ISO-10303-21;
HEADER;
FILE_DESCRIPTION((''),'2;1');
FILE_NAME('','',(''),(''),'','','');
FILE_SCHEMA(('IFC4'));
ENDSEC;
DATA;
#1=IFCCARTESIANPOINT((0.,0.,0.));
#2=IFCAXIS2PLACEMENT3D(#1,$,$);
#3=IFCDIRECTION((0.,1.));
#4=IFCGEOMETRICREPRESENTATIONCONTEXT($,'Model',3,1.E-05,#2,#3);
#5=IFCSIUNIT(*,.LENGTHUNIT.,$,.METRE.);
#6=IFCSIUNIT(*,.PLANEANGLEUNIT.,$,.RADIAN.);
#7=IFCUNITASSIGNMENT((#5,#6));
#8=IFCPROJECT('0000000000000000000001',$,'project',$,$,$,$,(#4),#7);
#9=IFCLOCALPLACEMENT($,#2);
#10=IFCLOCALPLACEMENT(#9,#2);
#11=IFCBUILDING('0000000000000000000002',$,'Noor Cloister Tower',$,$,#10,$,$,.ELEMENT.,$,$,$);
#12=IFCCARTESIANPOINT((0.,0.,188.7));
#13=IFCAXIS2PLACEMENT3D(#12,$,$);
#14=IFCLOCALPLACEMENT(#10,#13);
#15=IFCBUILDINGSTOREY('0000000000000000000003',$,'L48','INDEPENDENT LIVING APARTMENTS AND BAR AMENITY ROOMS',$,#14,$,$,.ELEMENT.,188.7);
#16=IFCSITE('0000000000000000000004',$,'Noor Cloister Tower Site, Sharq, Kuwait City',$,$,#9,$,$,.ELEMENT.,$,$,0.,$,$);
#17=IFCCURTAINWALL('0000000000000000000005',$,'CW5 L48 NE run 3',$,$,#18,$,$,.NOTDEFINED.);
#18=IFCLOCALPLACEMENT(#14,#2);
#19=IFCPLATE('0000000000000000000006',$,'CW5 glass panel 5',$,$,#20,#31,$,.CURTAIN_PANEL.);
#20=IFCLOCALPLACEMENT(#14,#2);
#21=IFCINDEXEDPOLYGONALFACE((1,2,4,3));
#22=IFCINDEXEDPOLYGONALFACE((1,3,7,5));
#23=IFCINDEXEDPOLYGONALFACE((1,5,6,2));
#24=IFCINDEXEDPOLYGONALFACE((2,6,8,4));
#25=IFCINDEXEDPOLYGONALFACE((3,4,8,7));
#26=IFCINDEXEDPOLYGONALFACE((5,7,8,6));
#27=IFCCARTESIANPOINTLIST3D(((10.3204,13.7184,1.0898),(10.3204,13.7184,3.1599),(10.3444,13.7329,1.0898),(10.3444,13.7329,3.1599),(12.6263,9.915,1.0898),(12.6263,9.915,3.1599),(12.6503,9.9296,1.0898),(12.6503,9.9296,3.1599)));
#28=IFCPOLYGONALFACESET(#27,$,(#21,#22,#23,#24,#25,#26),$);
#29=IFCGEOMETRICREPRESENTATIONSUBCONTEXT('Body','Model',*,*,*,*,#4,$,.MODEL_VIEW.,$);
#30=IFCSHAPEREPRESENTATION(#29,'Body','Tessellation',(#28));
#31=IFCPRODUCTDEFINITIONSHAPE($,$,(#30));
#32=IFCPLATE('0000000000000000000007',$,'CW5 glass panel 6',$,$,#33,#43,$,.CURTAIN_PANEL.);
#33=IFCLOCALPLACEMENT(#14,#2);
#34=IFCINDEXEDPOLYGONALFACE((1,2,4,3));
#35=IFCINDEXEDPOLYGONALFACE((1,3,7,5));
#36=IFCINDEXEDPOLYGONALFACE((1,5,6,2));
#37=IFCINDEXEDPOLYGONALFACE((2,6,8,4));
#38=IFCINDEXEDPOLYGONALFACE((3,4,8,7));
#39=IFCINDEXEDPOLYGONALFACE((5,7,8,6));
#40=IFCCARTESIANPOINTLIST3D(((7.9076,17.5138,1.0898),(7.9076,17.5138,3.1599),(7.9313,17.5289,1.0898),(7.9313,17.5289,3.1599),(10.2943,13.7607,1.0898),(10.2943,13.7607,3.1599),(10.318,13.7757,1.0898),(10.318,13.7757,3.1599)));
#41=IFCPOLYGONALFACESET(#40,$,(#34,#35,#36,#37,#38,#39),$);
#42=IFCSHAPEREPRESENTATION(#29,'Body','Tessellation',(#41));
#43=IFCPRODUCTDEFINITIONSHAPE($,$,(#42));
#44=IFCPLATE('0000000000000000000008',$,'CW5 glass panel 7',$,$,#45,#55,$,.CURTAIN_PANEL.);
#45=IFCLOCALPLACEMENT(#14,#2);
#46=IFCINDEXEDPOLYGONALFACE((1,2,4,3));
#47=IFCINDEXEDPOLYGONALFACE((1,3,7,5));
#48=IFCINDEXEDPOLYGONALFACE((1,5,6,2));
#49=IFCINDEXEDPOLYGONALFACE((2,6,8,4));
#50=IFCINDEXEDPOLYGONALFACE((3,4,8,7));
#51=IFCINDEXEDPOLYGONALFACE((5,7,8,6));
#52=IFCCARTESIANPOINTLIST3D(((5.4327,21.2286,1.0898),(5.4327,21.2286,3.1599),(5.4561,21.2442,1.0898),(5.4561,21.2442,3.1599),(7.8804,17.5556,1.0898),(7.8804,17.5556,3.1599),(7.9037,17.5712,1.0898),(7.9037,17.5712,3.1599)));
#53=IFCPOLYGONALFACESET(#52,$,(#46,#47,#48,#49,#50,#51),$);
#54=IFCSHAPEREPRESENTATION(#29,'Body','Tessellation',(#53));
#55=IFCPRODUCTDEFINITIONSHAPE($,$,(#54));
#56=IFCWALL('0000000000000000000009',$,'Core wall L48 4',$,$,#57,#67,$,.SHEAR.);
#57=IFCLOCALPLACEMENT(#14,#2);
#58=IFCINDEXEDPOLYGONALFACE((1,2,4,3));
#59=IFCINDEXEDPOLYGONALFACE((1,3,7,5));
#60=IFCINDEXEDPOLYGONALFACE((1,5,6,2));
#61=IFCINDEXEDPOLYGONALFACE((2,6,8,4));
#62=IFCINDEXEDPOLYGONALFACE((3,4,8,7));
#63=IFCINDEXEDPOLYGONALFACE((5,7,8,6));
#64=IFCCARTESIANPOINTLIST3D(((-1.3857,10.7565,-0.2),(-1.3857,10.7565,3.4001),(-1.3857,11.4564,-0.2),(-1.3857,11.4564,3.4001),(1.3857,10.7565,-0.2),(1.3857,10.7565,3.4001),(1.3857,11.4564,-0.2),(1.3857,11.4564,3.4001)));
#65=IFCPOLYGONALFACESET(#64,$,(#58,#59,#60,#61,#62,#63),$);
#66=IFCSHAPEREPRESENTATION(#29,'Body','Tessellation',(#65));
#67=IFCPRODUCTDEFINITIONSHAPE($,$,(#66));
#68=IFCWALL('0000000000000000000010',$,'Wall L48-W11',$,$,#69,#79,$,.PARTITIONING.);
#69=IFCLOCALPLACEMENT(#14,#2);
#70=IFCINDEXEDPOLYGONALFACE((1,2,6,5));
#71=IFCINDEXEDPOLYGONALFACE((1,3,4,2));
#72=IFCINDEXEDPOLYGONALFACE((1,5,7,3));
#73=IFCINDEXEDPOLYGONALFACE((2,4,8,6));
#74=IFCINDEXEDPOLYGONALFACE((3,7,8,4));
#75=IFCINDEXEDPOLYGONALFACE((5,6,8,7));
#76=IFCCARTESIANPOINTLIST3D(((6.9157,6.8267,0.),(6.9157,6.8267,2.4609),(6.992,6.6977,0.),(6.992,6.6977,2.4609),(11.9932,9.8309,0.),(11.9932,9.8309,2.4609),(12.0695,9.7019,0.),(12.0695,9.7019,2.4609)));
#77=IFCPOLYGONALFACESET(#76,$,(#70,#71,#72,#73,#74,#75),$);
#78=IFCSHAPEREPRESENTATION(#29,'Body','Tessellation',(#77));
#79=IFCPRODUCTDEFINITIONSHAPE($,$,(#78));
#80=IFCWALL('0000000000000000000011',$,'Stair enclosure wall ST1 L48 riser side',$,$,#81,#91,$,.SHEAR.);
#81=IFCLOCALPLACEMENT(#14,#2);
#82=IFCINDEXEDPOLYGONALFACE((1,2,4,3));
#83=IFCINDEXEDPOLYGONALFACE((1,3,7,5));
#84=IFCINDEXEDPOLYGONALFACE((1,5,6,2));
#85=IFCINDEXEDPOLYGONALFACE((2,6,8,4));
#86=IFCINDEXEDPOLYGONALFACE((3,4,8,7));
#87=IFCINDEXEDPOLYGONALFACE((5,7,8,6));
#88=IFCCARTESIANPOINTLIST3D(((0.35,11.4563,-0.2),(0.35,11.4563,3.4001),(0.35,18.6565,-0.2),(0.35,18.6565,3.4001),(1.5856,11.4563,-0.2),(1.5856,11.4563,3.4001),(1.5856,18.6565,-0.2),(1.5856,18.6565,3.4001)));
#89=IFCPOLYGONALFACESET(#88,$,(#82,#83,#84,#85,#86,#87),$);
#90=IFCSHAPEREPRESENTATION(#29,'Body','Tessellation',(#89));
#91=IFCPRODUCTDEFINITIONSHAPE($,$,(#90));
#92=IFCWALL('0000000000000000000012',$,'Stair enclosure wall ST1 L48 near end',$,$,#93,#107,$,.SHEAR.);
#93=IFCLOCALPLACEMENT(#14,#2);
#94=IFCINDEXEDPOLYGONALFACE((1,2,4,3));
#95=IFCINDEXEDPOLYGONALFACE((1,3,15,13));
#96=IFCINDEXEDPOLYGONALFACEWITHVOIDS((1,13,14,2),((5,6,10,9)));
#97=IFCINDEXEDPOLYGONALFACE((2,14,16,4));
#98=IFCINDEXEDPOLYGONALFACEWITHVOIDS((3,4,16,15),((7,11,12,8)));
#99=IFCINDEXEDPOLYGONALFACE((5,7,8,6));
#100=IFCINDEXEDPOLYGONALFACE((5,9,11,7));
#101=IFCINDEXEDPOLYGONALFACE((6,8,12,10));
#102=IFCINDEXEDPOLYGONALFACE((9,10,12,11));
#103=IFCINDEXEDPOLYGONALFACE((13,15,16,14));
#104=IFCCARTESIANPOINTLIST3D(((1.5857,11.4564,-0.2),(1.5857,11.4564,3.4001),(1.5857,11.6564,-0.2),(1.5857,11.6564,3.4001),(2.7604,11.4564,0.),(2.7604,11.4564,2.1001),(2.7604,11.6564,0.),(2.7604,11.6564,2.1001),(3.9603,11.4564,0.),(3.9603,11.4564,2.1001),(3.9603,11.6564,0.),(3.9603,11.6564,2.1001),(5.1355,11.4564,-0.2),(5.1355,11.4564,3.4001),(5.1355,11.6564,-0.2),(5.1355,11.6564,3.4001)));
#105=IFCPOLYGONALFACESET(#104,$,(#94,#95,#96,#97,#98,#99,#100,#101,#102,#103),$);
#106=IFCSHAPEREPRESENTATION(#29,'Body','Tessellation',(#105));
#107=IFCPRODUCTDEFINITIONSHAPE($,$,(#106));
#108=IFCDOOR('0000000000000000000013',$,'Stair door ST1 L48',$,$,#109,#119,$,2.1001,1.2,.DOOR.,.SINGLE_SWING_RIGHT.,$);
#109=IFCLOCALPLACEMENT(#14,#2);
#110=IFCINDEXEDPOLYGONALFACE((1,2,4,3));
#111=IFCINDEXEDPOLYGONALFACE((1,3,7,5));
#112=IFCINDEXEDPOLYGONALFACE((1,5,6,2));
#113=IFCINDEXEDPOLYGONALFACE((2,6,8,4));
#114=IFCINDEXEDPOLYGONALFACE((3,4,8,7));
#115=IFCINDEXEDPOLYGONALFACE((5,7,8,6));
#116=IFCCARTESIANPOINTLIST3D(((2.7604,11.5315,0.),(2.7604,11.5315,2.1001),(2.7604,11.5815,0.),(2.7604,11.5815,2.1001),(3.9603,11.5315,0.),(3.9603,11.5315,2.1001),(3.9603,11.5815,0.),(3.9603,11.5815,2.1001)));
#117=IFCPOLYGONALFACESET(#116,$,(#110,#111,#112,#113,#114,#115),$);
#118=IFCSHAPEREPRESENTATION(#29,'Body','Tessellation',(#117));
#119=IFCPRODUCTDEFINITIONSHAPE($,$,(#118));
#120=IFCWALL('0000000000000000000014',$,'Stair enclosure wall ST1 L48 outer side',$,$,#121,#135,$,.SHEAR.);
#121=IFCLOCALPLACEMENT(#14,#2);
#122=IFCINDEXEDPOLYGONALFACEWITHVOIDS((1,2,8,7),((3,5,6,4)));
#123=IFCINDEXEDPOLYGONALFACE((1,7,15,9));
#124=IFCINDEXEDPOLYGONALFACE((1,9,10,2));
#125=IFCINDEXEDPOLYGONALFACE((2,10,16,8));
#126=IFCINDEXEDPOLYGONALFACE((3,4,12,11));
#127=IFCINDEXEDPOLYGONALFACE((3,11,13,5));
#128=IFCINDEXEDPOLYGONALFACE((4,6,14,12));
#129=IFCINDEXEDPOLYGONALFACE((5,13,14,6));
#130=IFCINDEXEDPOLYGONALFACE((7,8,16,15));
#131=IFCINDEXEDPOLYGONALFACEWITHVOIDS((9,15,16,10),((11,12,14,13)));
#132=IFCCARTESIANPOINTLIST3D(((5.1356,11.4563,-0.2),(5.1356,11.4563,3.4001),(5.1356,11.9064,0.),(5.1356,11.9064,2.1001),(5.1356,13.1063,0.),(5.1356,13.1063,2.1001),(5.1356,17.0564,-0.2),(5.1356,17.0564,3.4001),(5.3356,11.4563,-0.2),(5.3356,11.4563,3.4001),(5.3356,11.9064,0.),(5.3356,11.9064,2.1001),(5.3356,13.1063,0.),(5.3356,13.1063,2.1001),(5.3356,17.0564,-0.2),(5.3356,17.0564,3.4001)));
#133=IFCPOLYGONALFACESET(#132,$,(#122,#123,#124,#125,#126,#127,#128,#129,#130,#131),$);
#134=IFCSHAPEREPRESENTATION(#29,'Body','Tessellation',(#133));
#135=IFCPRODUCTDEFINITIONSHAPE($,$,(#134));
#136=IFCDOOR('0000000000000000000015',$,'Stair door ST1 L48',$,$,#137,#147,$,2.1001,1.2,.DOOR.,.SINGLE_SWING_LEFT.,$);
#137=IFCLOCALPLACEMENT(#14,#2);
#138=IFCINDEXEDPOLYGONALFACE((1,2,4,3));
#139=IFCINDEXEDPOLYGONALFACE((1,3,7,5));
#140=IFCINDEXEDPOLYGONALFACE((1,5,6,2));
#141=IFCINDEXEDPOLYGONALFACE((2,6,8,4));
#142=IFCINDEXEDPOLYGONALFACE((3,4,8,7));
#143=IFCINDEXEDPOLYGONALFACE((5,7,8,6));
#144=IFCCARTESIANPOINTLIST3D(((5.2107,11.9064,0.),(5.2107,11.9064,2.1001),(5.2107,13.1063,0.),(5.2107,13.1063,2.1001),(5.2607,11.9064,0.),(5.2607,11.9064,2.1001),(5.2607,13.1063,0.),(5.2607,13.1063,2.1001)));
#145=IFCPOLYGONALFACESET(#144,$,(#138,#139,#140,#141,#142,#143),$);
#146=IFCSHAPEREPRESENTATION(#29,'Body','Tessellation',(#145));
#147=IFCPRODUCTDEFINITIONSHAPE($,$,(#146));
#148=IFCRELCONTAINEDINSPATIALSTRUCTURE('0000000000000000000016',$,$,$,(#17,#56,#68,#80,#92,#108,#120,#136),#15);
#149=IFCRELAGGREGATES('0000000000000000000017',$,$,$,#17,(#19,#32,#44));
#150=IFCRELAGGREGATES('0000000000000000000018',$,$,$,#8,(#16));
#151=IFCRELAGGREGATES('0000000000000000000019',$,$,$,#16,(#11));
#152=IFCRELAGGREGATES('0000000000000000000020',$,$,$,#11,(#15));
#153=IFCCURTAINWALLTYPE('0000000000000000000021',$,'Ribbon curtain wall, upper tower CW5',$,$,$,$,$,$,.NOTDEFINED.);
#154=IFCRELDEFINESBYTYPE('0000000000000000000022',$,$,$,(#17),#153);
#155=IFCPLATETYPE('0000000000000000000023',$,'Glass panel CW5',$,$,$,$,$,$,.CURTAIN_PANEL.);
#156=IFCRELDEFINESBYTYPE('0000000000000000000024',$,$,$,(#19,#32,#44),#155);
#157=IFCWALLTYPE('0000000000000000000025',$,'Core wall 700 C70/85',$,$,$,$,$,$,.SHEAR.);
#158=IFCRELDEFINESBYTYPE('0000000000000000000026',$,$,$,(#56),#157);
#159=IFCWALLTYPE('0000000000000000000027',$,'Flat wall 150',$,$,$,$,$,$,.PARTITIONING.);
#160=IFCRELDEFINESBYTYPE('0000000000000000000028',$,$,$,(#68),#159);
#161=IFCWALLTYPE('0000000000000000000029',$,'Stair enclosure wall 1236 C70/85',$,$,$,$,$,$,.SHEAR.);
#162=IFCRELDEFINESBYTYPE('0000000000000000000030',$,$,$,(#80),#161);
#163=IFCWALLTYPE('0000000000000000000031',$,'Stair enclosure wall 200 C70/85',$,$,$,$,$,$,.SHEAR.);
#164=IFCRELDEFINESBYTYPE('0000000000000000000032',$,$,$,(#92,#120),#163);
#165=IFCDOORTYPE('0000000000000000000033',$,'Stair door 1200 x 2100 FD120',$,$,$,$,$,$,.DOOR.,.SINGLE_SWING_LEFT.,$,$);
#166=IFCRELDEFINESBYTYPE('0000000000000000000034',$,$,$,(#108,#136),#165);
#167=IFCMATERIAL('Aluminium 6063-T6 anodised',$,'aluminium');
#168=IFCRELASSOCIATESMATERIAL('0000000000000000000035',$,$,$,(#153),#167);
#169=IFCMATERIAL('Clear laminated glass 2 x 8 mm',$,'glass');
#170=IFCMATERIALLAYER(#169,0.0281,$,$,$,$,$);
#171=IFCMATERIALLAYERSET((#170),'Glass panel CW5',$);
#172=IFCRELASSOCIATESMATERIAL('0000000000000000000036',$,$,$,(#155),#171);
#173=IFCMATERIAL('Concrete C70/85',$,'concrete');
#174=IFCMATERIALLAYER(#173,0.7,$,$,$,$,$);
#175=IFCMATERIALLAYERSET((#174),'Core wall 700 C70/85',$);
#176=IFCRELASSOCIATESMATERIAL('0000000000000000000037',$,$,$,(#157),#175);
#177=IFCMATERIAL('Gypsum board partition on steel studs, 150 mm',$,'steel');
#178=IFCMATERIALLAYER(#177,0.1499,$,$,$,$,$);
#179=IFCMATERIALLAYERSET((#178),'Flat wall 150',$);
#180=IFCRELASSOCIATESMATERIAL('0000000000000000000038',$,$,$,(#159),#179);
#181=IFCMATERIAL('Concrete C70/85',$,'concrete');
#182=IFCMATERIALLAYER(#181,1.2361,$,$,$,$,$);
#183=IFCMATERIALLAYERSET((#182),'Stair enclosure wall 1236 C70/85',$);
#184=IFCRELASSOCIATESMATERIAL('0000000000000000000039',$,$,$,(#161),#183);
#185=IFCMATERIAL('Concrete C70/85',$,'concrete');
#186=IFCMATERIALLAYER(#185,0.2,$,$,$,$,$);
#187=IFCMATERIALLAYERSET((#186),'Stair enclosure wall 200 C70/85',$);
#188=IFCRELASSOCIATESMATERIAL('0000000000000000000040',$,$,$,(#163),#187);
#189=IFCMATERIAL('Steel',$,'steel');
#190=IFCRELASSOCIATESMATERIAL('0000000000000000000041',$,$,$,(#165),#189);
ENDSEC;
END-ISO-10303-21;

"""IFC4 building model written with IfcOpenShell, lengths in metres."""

from ifc_helpers import new_model, si_unit, direction, frame, frame_2d, origin, origin_2d, place, context, subcontext, project, spatial, rectangle, extrude, material, layer, layer_set, type_object, element, fill, aggregate, save


model = new_model("IFC4")

# Units and contexts
model_context = context("Model", 3, precision=1e-05, world=origin(), true_north=direction((0.0, 1.0)))
body_context = subcontext(model_context, "Body", "Model", "MODEL_VIEW")
ifc_project = project(units=[si_unit("LENGTHUNIT", "METRE"), si_unit("PLANEANGLEUNIT", "RADIAN")], contexts=[model_context])

# Site, building, storey
site_placement = place(None, origin())
site = spatial("IfcSite", under=ifc_project, at=site_placement, Name="Noor Cloister Tower Site, Sharq, Kuwait City", CompositionType="ELEMENT", RefElevation=0.0)
building_placement = place(site_placement, origin())
building = spatial("IfcBuilding", under=site, at=building_placement, Name="Noor Cloister Tower", CompositionType="ELEMENT")
storey_placement = place(building_placement, frame((0.0, 0.0, 188.7)))
storey = spatial("IfcBuildingStorey", under=building, at=storey_placement, Name="L48", Description="INDEPENDENT LIVING APARTMENTS AND BAR AMENITY ROOMS", CompositionType="ELEMENT", Elevation=188.7)

# Curtain wall
ifc_material_1 = material(Name="Aluminium 6063-T6 anodised", Category="aluminium")
curtain_wall_type = type_object("IfcCurtainWallType", Name="Ribbon curtain wall, upper tower CW5", PredefinedType="NOTDEFINED", material=ifc_material_1)
curtain_wall_placement = place(storey_placement, origin())
curtain_wall = element("IfcCurtainWall", 1, at=curtain_wall_placement, inside=storey, type_object=curtain_wall_type, Name="CW5 L48 NE run 3", PredefinedType="NOTDEFINED")

# Plates
ifc_material_2 = material(Name="Clear laminated glass 2 x 8 mm", Category="glass")
ifc_layer_1 = layer(ifc_material_2, 0.0281)
ifc_layer_set_1 = layer_set([ifc_layer_1], Name="Glass panel CW5")
plate_type = type_object("IfcPlateType", Name="Glass panel CW5", PredefinedType="CURTAIN_PANEL", material=ifc_layer_set_1)
plate_1_placement = place(storey_placement, frame((11.4854, 11.824, 1.0898), z_axis=(0.0, 0.0, 1.0), x_axis=(-0.518424, 0.855124, 0.0)))
plate_1 = element("IfcPlate", 2, at=plate_1_placement, type_object=plate_type, Name="CW5 glass panel 5", PredefinedType="CURTAIN_PANEL", context=body_context, shape_type="SweptSolid", body=[
    extrude(rectangle(XDim=4.4478, YDim=0.0281, at=origin_2d()), origin(), (0.0, 0.0, 1.0), 2.0701),
])
plate_2_placement = place(storey_placement, frame((9.1128, 15.6448, 1.0898), z_axis=(0.0, 0.0, 1.0), x_axis=(-0.53661, 0.84383, 0.0)))
plate_2 = element("IfcPlate", 3, at=plate_2_placement, type_object=plate_type, Name="CW5 glass panel 6", PredefinedType="CURTAIN_PANEL", context=body_context, shape_type="SweptSolid", body=[
    extrude(rectangle(XDim=4.4478, YDim=0.0281, at=origin_2d()), origin(), (0.0, 0.0, 1.0), 2.0701),
])
plate_3_placement = place(storey_placement, frame((6.6682, 19.3999, 1.0898), z_axis=(0.0, 0.0, 1.0), x_axis=(-0.554551, 0.83215, 0.0)))
plate_3 = element("IfcPlate", 4, at=plate_3_placement, type_object=plate_type, Name="CW5 glass panel 7", PredefinedType="CURTAIN_PANEL", context=body_context, shape_type="SweptSolid", body=[
    extrude(rectangle(XDim=4.4138, YDim=0.0281, at=origin_2d()), origin(), (0.0, 0.0, 1.0), 2.0701),
])
aggregate(curtain_wall, [plate_1, plate_2, plate_3])

# Walls
ifc_material_3 = material(Name="Concrete C70/85", Category="concrete")
ifc_layer_2 = layer(ifc_material_3, 0.7)
ifc_layer_set_2 = layer_set([ifc_layer_2], Name="Core wall 700 C70/85")
wall_type_1 = type_object("IfcWallType", Name="Core wall 700 C70/85", PredefinedType="SHEAR", material=ifc_layer_set_2)
wall_1_placement = place(storey_placement, frame((1.3857, 11.1064, -0.2), z_axis=(0.0, 0.0, 1.0), x_axis=(-1.0, 0.0, 0.0)))
element("IfcWall", 5, at=wall_1_placement, inside=storey, type_object=wall_type_1, Name="Core wall L48 4", PredefinedType="SHEAR", context=body_context, shape_type="SweptSolid", body=[
    extrude(rectangle(XDim=2.7715, YDim=0.7, at=frame_2d((1.3857, 0.0))), origin(), (0.0, 0.0, 1.0), 3.6001),
])
ifc_material_4 = material(Name="Gypsum board partition on steel studs, 150 mm", Category="steel")
ifc_layer_3 = layer(ifc_material_4, 0.1499)
ifc_layer_set_3 = layer_set([ifc_layer_3], Name="Flat wall 150")
wall_type_2 = type_object("IfcWallType", Name="Flat wall 150", PredefinedType="PARTITIONING", material=ifc_layer_set_3)
wall_2_placement = place(storey_placement, frame((12.0312, 9.7664, 0.0), z_axis=(0.0, 0.0, 1.0), x_axis=(-0.860639, -0.509216, 0.0)))
element("IfcWall", 6, at=wall_2_placement, inside=storey, type_object=wall_type_2, Name="Wall L48-W11", PredefinedType="PARTITIONING", context=body_context, shape_type="SweptSolid", body=[
    extrude(rectangle(XDim=5.8997, YDim=0.1499, at=frame_2d((2.9497, 0.0))), origin(), (0.0, 0.0, 1.0), 2.4609),
])
ifc_material_5 = material(Name="Concrete C70/85", Category="concrete")
ifc_layer_4 = layer(ifc_material_5, 1.2361)
ifc_layer_set_4 = layer_set([ifc_layer_4], Name="Stair enclosure wall 1236 C70/85")
wall_type_3 = type_object("IfcWallType", Name="Stair enclosure wall 1236 C70/85", PredefinedType="SHEAR", material=ifc_layer_set_4)
wall_3_placement = place(storey_placement, frame((0.9678, 11.4563, -0.2), z_axis=(0.0, 0.0, 1.0), x_axis=(0.0, 1.0, 0.0)))
element("IfcWall", 7, at=wall_3_placement, inside=storey, type_object=wall_type_3, Name="Stair enclosure wall ST1 L48 riser side", PredefinedType="SHEAR", context=body_context, shape_type="SweptSolid", body=[
    extrude(rectangle(XDim=7.2002, YDim=1.2356, at=frame_2d((3.6001, 0.0))), origin(), (0.0, 0.0, 1.0), 3.6001),
])

# Walls, openings, doors
ifc_material_6 = material(Name="Concrete C70/85", Category="concrete")
ifc_layer_5 = layer(ifc_material_6, 0.2)
ifc_layer_set_5 = layer_set([ifc_layer_5], Name="Stair enclosure wall 200 C70/85")
wall_type_4 = type_object("IfcWallType", Name="Stair enclosure wall 200 C70/85", PredefinedType="SHEAR", material=ifc_layer_set_5)
wall_4_placement = place(storey_placement, frame((5.1355, 11.5564, -0.2), z_axis=(0.0, 0.0, 1.0), x_axis=(-1.0, 0.0, 0.0)))
wall_4 = element("IfcWall", 8, at=wall_4_placement, inside=storey, type_object=wall_type_4, Name="Stair enclosure wall ST1 L48 near end", PredefinedType="SHEAR", context=body_context, shape_type="SweptSolid", body=[
    extrude(rectangle(XDim=3.5498, YDim=0.2, at=frame_2d((1.7749, 0.0))), origin(), (0.0, 0.0, 1.0), 3.6001),
])
opening_1_placement = place(wall_4_placement, frame((1.175, 0.0, 0.2)))
opening_1 = element("IfcOpeningElement", 9, at=opening_1_placement, cuts=wall_4, PredefinedType="OPENING", context=body_context, shape_type="SweptSolid", body=[
    extrude(rectangle(XDim=1.2, YDim=2.1001, at=frame_2d((0.6001, 1.05))), frame((0.0, 0.1099, 0.0), z_axis=(0.0, -1.0, 0.0), x_axis=(1.0, 0.0, 0.0)), (0.0, 0.0, 1.0), 0.22),
])
ifc_material_7 = material(Name="Steel", Category="steel")
door_type = type_object("IfcDoorType", Name="Stair door 1200 x 2100 FD120", OperationType="SINGLE_SWING_LEFT", PredefinedType="DOOR", material=ifc_material_7)
door_1_placement = place(opening_1_placement, origin())
door_1 = element("IfcDoor", 10, at=door_1_placement, inside=storey, type_object=door_type, Name="Stair door ST1 L48", OperationType="SINGLE_SWING_RIGHT", OverallHeight=2.1001, OverallWidth=1.2, PredefinedType="DOOR", context=body_context, shape_type="SweptSolid", body=[
    extrude(rectangle(XDim=1.2, YDim=2.1001, at=frame_2d((0.6001, 1.05))), frame((0.0, 0.0249, 0.0), z_axis=(0.0, -1.0, 0.0), x_axis=(1.0, 0.0, 0.0)), (0.0, 0.0, 1.0), 0.05),
])
fill(opening_1, door_1)
wall_5_placement = place(storey_placement, frame((5.2356, 11.4563, -0.2), z_axis=(0.0, 0.0, 1.0), x_axis=(0.0, 1.0, 0.0)))
wall_5 = element("IfcWall", 11, at=wall_5_placement, inside=storey, type_object=wall_type_4, Name="Stair enclosure wall ST1 L48 outer side", PredefinedType="SHEAR", context=body_context, shape_type="SweptSolid", body=[
    extrude(rectangle(XDim=5.6001, YDim=0.2, at=frame_2d((2.8, 0.0))), origin(), (0.0, 0.0, 1.0), 3.6001),
])
opening_2_placement = place(wall_5_placement, frame((0.45, 0.0, 0.2)))
opening_2 = element("IfcOpeningElement", 12, at=opening_2_placement, cuts=wall_5, PredefinedType="OPENING", context=body_context, shape_type="SweptSolid", body=[
    extrude(rectangle(XDim=1.2, YDim=2.1001, at=frame_2d((0.6001, 1.05))), frame((0.0, 0.1099, 0.0), z_axis=(0.0, -1.0, 0.0), x_axis=(1.0, 0.0, 0.0)), (0.0, 0.0, 1.0), 0.22),
])
door_2_placement = place(opening_2_placement, origin())
door_2 = element("IfcDoor", 13, at=door_2_placement, inside=storey, type_object=door_type, Name="Stair door ST1 L48", OperationType="SINGLE_SWING_LEFT", OverallHeight=2.1001, OverallWidth=1.2, PredefinedType="DOOR", context=body_context, shape_type="SweptSolid", body=[
    extrude(rectangle(XDim=1.2, YDim=2.1001, at=frame_2d((0.6001, 1.05))), frame((0.0, 0.0249, 0.0), z_axis=(0.0, -1.0, 0.0), x_axis=(1.0, 0.0, 0.0)), (0.0, 0.0, 1.0), 0.05),
])
fill(opening_2, door_2)

save(model, "model.ifc")
